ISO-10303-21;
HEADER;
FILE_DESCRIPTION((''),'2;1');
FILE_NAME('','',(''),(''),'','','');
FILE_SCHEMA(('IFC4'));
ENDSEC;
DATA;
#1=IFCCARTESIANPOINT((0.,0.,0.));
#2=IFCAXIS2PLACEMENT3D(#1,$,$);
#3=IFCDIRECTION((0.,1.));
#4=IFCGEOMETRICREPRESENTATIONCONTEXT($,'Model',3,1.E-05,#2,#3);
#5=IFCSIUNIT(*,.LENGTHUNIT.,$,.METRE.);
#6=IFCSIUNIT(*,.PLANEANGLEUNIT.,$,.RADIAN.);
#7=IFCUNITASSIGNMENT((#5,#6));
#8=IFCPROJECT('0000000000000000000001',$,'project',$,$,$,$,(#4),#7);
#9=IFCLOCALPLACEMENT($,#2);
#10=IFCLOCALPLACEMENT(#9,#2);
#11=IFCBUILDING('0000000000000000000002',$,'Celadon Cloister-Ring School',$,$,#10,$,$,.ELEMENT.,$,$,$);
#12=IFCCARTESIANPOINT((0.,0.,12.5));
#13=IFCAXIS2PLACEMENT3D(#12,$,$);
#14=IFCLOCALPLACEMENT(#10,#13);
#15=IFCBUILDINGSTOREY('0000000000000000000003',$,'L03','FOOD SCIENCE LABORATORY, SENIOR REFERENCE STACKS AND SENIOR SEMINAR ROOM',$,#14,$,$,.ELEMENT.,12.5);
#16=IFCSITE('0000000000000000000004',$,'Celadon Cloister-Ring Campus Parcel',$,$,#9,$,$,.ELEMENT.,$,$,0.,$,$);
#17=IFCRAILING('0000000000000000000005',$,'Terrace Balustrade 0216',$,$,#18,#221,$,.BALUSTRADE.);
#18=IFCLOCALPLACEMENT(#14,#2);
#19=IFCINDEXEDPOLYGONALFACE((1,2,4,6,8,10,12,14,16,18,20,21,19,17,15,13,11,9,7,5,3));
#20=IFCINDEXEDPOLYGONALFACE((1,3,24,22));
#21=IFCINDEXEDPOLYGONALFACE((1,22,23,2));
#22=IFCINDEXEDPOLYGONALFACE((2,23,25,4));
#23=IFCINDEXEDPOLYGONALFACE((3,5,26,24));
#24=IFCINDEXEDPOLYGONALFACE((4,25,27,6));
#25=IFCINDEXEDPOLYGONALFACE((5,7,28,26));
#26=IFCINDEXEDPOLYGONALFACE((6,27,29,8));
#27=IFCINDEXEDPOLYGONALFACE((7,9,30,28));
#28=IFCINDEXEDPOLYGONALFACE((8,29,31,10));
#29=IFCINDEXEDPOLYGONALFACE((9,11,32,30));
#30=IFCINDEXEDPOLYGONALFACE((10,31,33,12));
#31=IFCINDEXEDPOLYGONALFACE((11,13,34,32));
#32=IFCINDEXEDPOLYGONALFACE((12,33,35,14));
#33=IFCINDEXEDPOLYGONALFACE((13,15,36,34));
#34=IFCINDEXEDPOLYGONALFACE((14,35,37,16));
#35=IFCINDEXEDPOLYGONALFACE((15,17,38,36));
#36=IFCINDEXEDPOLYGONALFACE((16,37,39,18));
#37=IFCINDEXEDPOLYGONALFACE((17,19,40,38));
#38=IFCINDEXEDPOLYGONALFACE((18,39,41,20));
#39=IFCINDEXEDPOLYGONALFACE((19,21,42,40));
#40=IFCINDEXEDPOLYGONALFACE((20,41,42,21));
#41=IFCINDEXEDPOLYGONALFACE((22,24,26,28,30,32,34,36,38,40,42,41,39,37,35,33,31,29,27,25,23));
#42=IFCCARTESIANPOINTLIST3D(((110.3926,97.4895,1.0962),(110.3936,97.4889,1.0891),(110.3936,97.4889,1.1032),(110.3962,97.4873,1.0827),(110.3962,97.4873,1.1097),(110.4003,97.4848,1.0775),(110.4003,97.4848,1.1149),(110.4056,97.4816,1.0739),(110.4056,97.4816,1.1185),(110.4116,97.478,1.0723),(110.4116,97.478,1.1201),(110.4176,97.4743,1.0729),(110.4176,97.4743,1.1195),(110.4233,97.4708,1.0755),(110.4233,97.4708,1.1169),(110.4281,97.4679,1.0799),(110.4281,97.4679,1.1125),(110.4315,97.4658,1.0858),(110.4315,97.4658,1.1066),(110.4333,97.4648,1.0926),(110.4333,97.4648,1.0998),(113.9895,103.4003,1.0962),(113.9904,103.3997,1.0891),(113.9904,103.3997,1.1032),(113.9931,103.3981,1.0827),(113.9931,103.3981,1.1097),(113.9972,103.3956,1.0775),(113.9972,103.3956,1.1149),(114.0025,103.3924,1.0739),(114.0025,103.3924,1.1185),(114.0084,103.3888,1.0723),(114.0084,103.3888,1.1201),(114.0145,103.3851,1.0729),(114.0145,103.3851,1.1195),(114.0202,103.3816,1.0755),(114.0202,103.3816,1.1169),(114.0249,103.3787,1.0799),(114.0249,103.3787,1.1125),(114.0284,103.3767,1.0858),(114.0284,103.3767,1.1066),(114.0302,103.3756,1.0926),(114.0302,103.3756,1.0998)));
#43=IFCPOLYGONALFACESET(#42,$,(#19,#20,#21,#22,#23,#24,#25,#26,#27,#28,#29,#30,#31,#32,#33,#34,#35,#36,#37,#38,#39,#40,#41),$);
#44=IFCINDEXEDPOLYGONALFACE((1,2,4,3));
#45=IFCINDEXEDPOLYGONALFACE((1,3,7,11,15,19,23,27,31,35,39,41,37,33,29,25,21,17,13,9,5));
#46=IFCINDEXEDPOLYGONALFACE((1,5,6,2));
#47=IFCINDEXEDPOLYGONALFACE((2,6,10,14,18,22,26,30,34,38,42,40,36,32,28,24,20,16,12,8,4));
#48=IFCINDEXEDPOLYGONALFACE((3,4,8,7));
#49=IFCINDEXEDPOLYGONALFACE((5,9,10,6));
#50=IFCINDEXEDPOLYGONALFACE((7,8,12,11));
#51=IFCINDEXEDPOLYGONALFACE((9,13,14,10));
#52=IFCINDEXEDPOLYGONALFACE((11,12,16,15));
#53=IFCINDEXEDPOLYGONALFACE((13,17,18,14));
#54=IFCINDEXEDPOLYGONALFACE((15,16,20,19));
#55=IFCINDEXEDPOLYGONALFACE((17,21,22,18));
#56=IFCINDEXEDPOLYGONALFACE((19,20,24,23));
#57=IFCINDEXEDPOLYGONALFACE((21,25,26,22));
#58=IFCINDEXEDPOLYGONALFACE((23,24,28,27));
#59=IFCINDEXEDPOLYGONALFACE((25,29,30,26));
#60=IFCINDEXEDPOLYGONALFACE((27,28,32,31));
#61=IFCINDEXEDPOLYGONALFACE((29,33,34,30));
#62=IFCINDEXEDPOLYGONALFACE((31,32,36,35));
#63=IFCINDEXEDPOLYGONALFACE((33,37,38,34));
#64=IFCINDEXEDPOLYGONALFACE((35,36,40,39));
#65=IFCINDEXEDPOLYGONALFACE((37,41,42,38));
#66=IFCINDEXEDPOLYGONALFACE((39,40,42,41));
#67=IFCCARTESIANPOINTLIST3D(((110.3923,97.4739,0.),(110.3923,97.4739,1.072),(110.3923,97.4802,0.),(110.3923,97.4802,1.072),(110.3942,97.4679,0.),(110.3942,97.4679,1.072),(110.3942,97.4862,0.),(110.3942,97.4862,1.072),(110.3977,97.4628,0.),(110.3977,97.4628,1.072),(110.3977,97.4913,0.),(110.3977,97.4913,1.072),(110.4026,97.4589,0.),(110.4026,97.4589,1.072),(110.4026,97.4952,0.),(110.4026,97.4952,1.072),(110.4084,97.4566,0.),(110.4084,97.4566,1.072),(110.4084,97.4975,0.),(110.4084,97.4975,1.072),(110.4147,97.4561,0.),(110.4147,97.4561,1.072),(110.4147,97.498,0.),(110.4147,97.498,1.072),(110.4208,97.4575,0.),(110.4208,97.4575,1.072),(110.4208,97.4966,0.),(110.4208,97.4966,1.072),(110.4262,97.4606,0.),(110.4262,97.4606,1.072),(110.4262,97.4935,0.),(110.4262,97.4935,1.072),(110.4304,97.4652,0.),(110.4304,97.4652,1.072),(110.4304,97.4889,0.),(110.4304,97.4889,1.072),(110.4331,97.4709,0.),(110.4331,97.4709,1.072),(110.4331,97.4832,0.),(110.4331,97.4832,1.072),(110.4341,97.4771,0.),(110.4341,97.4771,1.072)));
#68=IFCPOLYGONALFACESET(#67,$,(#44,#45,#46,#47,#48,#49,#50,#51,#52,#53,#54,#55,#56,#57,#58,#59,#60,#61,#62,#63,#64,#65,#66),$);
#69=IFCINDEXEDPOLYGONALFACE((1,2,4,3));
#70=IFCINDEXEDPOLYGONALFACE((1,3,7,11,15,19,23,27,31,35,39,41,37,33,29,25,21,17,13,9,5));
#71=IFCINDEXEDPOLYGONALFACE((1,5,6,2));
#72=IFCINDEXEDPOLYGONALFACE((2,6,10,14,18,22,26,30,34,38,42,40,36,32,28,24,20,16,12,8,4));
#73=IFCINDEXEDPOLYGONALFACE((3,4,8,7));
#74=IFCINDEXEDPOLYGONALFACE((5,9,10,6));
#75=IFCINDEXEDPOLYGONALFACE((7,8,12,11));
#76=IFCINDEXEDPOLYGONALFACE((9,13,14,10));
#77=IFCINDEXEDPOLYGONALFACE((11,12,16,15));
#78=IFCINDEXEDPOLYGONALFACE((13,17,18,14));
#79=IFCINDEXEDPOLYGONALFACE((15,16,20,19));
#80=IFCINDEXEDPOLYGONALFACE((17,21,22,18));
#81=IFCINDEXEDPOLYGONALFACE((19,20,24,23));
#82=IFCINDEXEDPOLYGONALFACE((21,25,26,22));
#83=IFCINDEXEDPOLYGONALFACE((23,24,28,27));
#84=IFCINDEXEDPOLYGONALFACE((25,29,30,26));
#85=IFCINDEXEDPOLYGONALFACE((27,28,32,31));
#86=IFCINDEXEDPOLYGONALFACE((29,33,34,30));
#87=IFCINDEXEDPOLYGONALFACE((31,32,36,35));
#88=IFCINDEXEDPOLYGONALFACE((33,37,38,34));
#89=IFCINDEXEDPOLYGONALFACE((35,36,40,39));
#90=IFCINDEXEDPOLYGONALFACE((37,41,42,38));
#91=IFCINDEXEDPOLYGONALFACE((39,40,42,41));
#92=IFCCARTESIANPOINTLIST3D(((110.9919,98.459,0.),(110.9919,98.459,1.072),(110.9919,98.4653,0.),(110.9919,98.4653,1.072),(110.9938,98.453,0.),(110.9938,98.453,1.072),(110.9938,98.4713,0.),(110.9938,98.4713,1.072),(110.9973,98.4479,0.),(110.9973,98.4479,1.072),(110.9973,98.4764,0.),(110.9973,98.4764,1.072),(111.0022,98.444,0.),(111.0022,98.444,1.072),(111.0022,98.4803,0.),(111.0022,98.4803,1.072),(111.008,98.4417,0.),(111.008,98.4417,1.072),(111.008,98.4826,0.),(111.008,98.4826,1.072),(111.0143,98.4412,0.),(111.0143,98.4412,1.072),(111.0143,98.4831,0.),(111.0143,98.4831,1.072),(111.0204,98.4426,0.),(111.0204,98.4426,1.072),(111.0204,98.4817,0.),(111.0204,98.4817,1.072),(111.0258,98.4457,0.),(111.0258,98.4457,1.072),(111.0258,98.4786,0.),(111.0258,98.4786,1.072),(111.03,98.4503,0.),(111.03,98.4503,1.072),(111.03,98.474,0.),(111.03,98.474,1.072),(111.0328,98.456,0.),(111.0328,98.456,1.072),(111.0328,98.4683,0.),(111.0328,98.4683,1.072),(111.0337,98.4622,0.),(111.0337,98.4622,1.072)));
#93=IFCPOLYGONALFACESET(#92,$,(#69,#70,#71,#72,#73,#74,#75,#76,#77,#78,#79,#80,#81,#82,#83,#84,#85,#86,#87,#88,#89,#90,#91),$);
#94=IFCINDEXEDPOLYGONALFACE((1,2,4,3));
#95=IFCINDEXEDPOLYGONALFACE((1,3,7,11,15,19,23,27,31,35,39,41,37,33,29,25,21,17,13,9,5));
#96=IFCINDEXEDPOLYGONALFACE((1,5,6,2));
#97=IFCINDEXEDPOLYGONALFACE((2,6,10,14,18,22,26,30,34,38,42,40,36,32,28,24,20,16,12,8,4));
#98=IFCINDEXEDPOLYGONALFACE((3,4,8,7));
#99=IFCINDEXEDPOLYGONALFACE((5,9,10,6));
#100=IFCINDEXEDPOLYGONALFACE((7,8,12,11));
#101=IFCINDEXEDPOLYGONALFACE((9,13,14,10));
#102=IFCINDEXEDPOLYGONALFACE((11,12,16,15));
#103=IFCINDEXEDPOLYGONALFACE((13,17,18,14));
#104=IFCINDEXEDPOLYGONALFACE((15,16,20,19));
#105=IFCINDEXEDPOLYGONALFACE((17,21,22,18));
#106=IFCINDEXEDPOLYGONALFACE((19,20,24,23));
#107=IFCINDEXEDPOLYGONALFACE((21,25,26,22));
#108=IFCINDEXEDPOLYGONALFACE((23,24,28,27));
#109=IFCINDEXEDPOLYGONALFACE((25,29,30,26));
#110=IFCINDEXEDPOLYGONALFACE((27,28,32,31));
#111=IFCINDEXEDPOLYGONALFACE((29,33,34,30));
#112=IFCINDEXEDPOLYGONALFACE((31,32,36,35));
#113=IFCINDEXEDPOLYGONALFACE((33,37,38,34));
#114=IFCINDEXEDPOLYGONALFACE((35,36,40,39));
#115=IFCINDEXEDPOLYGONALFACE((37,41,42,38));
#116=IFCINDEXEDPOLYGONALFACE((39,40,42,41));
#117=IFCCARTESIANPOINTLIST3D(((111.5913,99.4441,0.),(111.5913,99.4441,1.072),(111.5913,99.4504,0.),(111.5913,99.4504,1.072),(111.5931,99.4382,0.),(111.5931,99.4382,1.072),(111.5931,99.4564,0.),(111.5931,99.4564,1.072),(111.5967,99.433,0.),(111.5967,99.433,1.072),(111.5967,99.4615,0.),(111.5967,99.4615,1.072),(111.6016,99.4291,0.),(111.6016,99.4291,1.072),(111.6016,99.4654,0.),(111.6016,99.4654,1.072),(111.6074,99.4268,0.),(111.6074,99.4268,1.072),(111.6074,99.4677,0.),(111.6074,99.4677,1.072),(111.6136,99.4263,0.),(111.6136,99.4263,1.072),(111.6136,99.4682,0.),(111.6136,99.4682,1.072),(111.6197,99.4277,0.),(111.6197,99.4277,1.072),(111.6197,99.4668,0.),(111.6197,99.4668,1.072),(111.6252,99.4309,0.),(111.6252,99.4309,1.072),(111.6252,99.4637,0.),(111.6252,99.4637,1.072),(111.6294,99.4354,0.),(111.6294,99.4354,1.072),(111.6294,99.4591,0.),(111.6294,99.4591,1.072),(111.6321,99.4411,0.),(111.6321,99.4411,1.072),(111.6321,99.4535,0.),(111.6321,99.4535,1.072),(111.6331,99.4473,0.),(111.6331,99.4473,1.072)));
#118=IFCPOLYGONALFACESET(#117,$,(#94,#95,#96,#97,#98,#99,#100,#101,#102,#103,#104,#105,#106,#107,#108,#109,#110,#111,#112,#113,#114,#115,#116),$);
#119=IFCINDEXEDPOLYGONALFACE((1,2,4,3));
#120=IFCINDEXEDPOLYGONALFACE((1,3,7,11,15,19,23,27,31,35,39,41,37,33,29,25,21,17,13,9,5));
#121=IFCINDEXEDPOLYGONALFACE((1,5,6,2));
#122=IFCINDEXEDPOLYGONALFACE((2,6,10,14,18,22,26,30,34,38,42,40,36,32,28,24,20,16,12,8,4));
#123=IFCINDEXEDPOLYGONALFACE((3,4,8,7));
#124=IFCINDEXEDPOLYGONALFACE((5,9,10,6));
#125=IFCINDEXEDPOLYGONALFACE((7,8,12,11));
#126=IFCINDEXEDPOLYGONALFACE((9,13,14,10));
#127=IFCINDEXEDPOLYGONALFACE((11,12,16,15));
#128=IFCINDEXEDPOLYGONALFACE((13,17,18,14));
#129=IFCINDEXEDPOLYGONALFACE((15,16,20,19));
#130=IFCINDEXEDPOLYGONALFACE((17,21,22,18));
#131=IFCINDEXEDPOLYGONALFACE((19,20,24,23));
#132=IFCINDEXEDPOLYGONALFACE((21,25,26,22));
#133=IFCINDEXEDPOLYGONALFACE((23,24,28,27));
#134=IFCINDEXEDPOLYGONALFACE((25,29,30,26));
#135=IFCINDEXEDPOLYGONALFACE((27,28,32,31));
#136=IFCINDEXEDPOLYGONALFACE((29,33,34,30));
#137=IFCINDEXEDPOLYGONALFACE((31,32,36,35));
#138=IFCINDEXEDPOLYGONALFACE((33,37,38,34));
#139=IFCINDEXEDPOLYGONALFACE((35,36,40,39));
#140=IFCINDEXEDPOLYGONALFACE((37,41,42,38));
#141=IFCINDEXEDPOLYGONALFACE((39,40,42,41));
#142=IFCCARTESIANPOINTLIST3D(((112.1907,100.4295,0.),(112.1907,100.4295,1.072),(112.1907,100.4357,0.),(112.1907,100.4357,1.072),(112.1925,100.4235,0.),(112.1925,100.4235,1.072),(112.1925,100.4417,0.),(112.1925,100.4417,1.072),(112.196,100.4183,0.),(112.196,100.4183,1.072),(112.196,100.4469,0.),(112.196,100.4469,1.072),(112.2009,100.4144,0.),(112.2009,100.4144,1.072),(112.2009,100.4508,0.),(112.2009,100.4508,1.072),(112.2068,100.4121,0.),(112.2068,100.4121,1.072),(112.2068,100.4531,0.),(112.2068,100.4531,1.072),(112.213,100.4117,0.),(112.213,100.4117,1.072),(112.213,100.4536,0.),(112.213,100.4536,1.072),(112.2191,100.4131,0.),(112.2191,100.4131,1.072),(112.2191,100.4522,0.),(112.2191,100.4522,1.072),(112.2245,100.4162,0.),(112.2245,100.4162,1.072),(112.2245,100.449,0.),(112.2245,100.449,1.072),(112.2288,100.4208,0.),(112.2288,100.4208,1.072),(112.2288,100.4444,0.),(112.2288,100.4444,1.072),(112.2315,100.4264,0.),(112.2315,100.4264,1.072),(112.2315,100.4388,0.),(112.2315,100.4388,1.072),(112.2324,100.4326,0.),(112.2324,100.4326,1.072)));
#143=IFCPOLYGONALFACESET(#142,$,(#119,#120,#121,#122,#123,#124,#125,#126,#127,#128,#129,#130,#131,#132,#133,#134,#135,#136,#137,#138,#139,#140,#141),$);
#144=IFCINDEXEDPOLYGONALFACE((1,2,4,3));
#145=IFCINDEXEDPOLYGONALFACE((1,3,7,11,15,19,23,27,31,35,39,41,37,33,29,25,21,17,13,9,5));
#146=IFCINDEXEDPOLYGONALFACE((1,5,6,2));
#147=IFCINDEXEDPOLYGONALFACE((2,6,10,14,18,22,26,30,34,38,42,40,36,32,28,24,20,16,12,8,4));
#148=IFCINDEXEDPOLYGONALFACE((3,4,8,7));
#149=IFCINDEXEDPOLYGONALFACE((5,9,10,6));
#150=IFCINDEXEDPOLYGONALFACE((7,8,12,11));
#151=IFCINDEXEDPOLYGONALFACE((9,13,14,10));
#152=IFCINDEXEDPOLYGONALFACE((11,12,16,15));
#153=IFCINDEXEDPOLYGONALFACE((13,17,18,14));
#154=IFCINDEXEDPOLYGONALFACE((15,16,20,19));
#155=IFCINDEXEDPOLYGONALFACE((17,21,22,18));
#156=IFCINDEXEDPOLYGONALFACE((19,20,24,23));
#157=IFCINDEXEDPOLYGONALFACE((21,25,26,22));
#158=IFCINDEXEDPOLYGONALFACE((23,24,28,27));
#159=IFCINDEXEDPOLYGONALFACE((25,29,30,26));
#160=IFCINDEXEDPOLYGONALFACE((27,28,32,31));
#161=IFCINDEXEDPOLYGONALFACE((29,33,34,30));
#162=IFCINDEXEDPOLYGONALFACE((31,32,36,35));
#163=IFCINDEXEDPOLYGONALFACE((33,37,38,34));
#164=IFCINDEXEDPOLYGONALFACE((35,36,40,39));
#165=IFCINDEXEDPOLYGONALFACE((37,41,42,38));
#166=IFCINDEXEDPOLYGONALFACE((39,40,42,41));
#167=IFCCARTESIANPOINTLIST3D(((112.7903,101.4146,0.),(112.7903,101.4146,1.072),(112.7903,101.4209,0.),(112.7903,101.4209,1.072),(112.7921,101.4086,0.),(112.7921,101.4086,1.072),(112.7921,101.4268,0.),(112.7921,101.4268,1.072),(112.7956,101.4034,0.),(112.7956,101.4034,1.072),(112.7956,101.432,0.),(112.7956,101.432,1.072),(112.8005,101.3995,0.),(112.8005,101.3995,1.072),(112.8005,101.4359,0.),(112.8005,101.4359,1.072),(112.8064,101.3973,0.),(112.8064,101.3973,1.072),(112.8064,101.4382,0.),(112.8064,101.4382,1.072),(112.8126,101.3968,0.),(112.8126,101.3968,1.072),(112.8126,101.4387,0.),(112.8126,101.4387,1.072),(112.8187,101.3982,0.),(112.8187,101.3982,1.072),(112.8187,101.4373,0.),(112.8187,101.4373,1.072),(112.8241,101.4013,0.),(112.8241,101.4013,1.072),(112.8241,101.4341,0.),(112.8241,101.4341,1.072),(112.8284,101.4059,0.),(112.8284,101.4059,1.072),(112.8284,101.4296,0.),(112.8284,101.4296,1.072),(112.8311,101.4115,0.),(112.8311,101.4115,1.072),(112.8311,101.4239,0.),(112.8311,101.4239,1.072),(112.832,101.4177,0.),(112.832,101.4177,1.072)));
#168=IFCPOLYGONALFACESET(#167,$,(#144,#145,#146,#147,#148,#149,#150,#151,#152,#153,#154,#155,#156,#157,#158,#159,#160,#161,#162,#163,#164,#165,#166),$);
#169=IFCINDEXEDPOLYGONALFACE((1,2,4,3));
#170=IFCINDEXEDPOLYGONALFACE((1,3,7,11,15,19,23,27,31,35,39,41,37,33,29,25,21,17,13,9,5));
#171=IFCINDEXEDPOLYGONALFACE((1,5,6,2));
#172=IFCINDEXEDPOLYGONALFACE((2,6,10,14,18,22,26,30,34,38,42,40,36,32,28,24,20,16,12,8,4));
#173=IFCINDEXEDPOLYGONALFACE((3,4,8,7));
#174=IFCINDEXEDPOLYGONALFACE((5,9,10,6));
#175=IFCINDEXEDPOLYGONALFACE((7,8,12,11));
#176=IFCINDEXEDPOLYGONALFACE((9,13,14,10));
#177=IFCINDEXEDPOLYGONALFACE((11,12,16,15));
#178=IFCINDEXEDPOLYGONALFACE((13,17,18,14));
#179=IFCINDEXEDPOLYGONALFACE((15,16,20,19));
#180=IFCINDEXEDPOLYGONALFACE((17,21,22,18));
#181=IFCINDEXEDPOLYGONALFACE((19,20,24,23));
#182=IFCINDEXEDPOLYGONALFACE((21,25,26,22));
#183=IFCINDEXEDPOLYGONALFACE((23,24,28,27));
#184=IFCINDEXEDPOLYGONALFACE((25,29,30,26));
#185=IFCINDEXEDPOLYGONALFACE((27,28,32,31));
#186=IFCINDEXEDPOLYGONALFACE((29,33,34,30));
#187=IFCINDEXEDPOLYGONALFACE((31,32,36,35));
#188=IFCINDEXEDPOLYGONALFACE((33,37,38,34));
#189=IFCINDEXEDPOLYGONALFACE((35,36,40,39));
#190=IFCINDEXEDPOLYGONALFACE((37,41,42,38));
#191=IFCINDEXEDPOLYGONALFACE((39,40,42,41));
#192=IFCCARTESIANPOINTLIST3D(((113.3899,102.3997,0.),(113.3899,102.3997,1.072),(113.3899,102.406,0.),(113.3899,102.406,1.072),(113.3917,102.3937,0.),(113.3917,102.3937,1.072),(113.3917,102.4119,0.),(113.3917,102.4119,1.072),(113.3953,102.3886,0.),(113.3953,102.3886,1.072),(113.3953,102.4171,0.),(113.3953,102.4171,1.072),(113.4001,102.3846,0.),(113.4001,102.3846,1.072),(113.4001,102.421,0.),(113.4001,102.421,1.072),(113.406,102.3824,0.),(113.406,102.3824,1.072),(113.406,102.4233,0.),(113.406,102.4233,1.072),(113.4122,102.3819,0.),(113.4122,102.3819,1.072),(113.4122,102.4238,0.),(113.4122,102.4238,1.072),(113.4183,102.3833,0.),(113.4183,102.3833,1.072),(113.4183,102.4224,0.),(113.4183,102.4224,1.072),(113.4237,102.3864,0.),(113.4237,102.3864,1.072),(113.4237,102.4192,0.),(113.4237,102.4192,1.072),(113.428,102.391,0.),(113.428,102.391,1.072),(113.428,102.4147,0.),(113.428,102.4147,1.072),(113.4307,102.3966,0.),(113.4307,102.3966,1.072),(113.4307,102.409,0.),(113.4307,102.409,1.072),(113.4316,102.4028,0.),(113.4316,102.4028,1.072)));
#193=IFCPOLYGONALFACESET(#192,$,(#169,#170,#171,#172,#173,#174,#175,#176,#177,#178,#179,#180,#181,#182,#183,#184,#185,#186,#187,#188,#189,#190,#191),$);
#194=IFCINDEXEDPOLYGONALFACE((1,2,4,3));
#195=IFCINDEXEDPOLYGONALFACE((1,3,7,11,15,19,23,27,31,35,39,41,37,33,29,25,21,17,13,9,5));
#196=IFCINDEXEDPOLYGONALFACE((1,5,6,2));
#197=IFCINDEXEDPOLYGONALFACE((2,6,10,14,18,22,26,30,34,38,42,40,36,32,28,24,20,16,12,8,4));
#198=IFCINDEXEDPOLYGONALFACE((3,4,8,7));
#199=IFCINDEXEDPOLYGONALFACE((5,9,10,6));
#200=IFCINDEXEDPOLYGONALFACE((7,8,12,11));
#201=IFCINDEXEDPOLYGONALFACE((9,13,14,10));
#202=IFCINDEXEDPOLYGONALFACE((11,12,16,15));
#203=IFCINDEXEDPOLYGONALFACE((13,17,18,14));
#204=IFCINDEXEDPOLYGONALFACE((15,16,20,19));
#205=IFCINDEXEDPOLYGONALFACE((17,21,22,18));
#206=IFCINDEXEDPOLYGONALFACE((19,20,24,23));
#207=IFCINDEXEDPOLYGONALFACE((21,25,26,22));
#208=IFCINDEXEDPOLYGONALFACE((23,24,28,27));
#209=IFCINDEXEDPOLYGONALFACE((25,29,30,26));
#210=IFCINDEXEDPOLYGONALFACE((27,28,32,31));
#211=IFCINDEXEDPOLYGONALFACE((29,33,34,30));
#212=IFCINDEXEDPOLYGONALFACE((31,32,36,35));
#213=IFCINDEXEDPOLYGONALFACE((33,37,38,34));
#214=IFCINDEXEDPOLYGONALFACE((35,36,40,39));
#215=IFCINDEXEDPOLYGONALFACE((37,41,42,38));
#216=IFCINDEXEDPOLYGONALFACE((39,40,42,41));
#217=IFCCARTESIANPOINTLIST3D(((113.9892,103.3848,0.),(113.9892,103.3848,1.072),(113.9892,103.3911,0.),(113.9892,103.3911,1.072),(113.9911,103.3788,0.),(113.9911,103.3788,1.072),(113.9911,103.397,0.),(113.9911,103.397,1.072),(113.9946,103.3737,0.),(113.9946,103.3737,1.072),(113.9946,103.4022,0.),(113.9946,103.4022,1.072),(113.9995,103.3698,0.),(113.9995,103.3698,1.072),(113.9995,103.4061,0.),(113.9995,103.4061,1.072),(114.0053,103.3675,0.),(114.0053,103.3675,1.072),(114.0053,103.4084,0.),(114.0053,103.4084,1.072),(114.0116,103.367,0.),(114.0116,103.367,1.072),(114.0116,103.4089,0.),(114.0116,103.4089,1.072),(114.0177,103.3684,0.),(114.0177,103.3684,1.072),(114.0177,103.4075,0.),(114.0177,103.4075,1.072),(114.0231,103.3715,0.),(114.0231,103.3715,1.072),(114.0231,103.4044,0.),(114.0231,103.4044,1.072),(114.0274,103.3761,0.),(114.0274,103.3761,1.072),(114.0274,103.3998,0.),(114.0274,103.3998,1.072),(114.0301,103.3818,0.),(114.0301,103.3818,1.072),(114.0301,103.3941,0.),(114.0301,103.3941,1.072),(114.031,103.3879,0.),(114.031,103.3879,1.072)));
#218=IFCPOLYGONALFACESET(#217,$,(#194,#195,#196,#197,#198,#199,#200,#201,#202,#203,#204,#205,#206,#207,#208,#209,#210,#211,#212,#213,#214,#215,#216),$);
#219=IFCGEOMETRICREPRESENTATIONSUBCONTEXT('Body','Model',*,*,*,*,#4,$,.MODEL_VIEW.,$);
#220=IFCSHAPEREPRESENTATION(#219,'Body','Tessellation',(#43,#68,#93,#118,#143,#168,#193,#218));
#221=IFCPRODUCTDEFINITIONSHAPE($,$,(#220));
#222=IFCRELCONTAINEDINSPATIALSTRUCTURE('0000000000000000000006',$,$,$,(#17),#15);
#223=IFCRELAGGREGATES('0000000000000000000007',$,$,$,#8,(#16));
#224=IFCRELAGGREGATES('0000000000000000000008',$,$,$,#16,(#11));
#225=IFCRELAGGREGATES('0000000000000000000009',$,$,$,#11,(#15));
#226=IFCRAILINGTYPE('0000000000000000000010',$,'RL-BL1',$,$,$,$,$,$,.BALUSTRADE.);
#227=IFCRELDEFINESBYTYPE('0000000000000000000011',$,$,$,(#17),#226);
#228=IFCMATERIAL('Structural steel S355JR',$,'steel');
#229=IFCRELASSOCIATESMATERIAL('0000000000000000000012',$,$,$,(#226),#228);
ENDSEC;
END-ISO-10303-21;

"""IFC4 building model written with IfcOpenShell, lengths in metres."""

from ifc_helpers import new_model, si_unit, direction, frame, origin, origin_2d, place, context, subcontext, project, spatial, circle, extrude, material, type_object, element, save


model = new_model("IFC4")

# Units and contexts
model_context = context("Model", 3, precision=1e-05, world=origin(), true_north=direction((0.0, 1.0)))
body_context = subcontext(model_context, "Body", "Model", "MODEL_VIEW")
ifc_project = project(units=[si_unit("LENGTHUNIT", "METRE"), si_unit("PLANEANGLEUNIT", "RADIAN")], contexts=[model_context])

# Site, building, storey
site_placement = place(None, origin())
site = spatial("IfcSite", under=ifc_project, at=site_placement, Name="Celadon Cloister-Ring Campus Parcel", CompositionType="ELEMENT", RefElevation=0.0)
building_placement = place(site_placement, origin())
building = spatial("IfcBuilding", under=site, at=building_placement, Name="Celadon Cloister-Ring School", CompositionType="ELEMENT")
storey_placement = place(building_placement, frame((0.0, 0.0, 12.5)))
storey = spatial("IfcBuildingStorey", under=building, at=storey_placement, Name="L03", Description="FOOD SCIENCE LABORATORY, SENIOR REFERENCE STACKS AND SENIOR SEMINAR ROOM", CompositionType="ELEMENT", Elevation=12.5)

# Railing
ifc_material_1 = material(Name="Structural steel S355JR", Category="steel")
railing_type = type_object("IfcRailingType", Name="RL-BL1", PredefinedType="BALUSTRADE", material=ifc_material_1)
railing_1_placement = place(storey_placement, frame((110.4131, 97.4771, 0.0)))
element("IfcRailing", 1, at=railing_1_placement, inside=storey, type_object=railing_type, Name="Terrace Balustrade 0216", PredefinedType="BALUSTRADE", context=body_context, shape_type="SweptSolid", body=[
    extrude(circle(Radius=0.0239, at=origin_2d()), frame((0.0, 0.0, 1.0962), z_axis=(0.519841, 0.854263, 0.0), x_axis=(-0.854263, 0.519841, 0.0)), (0.0, 0.0, 1.0), 6.9192),
    extrude(circle(Radius=0.021, at=origin_2d()), origin(), (0.0, 0.0, 1.0), 1.072),
    extrude(circle(Radius=0.021, at=origin_2d()), frame((0.5996, 0.9851, 0.0)), (0.0, 0.0, 1.0), 1.072),
    extrude(circle(Radius=0.021, at=origin_2d()), frame((1.199, 1.9702, 0.0)), (0.0, 0.0, 1.0), 1.072),
    extrude(circle(Radius=0.021, at=origin_2d()), frame((1.7983, 2.9556, 0.0)), (0.0, 0.0, 1.0), 1.072),
    extrude(circle(Radius=0.021, at=origin_2d()), frame((2.3979, 3.9407, 0.0)), (0.0, 0.0, 1.0), 1.072),
    extrude(circle(Radius=0.021, at=origin_2d()), frame((2.9976, 4.9258, 0.0)), (0.0, 0.0, 1.0), 1.072),
    extrude(circle(Radius=0.021, at=origin_2d()), frame((3.5969, 5.9109, 0.0)), (0.0, 0.0, 1.0), 1.072),
])

save(model, "model.ifc")
